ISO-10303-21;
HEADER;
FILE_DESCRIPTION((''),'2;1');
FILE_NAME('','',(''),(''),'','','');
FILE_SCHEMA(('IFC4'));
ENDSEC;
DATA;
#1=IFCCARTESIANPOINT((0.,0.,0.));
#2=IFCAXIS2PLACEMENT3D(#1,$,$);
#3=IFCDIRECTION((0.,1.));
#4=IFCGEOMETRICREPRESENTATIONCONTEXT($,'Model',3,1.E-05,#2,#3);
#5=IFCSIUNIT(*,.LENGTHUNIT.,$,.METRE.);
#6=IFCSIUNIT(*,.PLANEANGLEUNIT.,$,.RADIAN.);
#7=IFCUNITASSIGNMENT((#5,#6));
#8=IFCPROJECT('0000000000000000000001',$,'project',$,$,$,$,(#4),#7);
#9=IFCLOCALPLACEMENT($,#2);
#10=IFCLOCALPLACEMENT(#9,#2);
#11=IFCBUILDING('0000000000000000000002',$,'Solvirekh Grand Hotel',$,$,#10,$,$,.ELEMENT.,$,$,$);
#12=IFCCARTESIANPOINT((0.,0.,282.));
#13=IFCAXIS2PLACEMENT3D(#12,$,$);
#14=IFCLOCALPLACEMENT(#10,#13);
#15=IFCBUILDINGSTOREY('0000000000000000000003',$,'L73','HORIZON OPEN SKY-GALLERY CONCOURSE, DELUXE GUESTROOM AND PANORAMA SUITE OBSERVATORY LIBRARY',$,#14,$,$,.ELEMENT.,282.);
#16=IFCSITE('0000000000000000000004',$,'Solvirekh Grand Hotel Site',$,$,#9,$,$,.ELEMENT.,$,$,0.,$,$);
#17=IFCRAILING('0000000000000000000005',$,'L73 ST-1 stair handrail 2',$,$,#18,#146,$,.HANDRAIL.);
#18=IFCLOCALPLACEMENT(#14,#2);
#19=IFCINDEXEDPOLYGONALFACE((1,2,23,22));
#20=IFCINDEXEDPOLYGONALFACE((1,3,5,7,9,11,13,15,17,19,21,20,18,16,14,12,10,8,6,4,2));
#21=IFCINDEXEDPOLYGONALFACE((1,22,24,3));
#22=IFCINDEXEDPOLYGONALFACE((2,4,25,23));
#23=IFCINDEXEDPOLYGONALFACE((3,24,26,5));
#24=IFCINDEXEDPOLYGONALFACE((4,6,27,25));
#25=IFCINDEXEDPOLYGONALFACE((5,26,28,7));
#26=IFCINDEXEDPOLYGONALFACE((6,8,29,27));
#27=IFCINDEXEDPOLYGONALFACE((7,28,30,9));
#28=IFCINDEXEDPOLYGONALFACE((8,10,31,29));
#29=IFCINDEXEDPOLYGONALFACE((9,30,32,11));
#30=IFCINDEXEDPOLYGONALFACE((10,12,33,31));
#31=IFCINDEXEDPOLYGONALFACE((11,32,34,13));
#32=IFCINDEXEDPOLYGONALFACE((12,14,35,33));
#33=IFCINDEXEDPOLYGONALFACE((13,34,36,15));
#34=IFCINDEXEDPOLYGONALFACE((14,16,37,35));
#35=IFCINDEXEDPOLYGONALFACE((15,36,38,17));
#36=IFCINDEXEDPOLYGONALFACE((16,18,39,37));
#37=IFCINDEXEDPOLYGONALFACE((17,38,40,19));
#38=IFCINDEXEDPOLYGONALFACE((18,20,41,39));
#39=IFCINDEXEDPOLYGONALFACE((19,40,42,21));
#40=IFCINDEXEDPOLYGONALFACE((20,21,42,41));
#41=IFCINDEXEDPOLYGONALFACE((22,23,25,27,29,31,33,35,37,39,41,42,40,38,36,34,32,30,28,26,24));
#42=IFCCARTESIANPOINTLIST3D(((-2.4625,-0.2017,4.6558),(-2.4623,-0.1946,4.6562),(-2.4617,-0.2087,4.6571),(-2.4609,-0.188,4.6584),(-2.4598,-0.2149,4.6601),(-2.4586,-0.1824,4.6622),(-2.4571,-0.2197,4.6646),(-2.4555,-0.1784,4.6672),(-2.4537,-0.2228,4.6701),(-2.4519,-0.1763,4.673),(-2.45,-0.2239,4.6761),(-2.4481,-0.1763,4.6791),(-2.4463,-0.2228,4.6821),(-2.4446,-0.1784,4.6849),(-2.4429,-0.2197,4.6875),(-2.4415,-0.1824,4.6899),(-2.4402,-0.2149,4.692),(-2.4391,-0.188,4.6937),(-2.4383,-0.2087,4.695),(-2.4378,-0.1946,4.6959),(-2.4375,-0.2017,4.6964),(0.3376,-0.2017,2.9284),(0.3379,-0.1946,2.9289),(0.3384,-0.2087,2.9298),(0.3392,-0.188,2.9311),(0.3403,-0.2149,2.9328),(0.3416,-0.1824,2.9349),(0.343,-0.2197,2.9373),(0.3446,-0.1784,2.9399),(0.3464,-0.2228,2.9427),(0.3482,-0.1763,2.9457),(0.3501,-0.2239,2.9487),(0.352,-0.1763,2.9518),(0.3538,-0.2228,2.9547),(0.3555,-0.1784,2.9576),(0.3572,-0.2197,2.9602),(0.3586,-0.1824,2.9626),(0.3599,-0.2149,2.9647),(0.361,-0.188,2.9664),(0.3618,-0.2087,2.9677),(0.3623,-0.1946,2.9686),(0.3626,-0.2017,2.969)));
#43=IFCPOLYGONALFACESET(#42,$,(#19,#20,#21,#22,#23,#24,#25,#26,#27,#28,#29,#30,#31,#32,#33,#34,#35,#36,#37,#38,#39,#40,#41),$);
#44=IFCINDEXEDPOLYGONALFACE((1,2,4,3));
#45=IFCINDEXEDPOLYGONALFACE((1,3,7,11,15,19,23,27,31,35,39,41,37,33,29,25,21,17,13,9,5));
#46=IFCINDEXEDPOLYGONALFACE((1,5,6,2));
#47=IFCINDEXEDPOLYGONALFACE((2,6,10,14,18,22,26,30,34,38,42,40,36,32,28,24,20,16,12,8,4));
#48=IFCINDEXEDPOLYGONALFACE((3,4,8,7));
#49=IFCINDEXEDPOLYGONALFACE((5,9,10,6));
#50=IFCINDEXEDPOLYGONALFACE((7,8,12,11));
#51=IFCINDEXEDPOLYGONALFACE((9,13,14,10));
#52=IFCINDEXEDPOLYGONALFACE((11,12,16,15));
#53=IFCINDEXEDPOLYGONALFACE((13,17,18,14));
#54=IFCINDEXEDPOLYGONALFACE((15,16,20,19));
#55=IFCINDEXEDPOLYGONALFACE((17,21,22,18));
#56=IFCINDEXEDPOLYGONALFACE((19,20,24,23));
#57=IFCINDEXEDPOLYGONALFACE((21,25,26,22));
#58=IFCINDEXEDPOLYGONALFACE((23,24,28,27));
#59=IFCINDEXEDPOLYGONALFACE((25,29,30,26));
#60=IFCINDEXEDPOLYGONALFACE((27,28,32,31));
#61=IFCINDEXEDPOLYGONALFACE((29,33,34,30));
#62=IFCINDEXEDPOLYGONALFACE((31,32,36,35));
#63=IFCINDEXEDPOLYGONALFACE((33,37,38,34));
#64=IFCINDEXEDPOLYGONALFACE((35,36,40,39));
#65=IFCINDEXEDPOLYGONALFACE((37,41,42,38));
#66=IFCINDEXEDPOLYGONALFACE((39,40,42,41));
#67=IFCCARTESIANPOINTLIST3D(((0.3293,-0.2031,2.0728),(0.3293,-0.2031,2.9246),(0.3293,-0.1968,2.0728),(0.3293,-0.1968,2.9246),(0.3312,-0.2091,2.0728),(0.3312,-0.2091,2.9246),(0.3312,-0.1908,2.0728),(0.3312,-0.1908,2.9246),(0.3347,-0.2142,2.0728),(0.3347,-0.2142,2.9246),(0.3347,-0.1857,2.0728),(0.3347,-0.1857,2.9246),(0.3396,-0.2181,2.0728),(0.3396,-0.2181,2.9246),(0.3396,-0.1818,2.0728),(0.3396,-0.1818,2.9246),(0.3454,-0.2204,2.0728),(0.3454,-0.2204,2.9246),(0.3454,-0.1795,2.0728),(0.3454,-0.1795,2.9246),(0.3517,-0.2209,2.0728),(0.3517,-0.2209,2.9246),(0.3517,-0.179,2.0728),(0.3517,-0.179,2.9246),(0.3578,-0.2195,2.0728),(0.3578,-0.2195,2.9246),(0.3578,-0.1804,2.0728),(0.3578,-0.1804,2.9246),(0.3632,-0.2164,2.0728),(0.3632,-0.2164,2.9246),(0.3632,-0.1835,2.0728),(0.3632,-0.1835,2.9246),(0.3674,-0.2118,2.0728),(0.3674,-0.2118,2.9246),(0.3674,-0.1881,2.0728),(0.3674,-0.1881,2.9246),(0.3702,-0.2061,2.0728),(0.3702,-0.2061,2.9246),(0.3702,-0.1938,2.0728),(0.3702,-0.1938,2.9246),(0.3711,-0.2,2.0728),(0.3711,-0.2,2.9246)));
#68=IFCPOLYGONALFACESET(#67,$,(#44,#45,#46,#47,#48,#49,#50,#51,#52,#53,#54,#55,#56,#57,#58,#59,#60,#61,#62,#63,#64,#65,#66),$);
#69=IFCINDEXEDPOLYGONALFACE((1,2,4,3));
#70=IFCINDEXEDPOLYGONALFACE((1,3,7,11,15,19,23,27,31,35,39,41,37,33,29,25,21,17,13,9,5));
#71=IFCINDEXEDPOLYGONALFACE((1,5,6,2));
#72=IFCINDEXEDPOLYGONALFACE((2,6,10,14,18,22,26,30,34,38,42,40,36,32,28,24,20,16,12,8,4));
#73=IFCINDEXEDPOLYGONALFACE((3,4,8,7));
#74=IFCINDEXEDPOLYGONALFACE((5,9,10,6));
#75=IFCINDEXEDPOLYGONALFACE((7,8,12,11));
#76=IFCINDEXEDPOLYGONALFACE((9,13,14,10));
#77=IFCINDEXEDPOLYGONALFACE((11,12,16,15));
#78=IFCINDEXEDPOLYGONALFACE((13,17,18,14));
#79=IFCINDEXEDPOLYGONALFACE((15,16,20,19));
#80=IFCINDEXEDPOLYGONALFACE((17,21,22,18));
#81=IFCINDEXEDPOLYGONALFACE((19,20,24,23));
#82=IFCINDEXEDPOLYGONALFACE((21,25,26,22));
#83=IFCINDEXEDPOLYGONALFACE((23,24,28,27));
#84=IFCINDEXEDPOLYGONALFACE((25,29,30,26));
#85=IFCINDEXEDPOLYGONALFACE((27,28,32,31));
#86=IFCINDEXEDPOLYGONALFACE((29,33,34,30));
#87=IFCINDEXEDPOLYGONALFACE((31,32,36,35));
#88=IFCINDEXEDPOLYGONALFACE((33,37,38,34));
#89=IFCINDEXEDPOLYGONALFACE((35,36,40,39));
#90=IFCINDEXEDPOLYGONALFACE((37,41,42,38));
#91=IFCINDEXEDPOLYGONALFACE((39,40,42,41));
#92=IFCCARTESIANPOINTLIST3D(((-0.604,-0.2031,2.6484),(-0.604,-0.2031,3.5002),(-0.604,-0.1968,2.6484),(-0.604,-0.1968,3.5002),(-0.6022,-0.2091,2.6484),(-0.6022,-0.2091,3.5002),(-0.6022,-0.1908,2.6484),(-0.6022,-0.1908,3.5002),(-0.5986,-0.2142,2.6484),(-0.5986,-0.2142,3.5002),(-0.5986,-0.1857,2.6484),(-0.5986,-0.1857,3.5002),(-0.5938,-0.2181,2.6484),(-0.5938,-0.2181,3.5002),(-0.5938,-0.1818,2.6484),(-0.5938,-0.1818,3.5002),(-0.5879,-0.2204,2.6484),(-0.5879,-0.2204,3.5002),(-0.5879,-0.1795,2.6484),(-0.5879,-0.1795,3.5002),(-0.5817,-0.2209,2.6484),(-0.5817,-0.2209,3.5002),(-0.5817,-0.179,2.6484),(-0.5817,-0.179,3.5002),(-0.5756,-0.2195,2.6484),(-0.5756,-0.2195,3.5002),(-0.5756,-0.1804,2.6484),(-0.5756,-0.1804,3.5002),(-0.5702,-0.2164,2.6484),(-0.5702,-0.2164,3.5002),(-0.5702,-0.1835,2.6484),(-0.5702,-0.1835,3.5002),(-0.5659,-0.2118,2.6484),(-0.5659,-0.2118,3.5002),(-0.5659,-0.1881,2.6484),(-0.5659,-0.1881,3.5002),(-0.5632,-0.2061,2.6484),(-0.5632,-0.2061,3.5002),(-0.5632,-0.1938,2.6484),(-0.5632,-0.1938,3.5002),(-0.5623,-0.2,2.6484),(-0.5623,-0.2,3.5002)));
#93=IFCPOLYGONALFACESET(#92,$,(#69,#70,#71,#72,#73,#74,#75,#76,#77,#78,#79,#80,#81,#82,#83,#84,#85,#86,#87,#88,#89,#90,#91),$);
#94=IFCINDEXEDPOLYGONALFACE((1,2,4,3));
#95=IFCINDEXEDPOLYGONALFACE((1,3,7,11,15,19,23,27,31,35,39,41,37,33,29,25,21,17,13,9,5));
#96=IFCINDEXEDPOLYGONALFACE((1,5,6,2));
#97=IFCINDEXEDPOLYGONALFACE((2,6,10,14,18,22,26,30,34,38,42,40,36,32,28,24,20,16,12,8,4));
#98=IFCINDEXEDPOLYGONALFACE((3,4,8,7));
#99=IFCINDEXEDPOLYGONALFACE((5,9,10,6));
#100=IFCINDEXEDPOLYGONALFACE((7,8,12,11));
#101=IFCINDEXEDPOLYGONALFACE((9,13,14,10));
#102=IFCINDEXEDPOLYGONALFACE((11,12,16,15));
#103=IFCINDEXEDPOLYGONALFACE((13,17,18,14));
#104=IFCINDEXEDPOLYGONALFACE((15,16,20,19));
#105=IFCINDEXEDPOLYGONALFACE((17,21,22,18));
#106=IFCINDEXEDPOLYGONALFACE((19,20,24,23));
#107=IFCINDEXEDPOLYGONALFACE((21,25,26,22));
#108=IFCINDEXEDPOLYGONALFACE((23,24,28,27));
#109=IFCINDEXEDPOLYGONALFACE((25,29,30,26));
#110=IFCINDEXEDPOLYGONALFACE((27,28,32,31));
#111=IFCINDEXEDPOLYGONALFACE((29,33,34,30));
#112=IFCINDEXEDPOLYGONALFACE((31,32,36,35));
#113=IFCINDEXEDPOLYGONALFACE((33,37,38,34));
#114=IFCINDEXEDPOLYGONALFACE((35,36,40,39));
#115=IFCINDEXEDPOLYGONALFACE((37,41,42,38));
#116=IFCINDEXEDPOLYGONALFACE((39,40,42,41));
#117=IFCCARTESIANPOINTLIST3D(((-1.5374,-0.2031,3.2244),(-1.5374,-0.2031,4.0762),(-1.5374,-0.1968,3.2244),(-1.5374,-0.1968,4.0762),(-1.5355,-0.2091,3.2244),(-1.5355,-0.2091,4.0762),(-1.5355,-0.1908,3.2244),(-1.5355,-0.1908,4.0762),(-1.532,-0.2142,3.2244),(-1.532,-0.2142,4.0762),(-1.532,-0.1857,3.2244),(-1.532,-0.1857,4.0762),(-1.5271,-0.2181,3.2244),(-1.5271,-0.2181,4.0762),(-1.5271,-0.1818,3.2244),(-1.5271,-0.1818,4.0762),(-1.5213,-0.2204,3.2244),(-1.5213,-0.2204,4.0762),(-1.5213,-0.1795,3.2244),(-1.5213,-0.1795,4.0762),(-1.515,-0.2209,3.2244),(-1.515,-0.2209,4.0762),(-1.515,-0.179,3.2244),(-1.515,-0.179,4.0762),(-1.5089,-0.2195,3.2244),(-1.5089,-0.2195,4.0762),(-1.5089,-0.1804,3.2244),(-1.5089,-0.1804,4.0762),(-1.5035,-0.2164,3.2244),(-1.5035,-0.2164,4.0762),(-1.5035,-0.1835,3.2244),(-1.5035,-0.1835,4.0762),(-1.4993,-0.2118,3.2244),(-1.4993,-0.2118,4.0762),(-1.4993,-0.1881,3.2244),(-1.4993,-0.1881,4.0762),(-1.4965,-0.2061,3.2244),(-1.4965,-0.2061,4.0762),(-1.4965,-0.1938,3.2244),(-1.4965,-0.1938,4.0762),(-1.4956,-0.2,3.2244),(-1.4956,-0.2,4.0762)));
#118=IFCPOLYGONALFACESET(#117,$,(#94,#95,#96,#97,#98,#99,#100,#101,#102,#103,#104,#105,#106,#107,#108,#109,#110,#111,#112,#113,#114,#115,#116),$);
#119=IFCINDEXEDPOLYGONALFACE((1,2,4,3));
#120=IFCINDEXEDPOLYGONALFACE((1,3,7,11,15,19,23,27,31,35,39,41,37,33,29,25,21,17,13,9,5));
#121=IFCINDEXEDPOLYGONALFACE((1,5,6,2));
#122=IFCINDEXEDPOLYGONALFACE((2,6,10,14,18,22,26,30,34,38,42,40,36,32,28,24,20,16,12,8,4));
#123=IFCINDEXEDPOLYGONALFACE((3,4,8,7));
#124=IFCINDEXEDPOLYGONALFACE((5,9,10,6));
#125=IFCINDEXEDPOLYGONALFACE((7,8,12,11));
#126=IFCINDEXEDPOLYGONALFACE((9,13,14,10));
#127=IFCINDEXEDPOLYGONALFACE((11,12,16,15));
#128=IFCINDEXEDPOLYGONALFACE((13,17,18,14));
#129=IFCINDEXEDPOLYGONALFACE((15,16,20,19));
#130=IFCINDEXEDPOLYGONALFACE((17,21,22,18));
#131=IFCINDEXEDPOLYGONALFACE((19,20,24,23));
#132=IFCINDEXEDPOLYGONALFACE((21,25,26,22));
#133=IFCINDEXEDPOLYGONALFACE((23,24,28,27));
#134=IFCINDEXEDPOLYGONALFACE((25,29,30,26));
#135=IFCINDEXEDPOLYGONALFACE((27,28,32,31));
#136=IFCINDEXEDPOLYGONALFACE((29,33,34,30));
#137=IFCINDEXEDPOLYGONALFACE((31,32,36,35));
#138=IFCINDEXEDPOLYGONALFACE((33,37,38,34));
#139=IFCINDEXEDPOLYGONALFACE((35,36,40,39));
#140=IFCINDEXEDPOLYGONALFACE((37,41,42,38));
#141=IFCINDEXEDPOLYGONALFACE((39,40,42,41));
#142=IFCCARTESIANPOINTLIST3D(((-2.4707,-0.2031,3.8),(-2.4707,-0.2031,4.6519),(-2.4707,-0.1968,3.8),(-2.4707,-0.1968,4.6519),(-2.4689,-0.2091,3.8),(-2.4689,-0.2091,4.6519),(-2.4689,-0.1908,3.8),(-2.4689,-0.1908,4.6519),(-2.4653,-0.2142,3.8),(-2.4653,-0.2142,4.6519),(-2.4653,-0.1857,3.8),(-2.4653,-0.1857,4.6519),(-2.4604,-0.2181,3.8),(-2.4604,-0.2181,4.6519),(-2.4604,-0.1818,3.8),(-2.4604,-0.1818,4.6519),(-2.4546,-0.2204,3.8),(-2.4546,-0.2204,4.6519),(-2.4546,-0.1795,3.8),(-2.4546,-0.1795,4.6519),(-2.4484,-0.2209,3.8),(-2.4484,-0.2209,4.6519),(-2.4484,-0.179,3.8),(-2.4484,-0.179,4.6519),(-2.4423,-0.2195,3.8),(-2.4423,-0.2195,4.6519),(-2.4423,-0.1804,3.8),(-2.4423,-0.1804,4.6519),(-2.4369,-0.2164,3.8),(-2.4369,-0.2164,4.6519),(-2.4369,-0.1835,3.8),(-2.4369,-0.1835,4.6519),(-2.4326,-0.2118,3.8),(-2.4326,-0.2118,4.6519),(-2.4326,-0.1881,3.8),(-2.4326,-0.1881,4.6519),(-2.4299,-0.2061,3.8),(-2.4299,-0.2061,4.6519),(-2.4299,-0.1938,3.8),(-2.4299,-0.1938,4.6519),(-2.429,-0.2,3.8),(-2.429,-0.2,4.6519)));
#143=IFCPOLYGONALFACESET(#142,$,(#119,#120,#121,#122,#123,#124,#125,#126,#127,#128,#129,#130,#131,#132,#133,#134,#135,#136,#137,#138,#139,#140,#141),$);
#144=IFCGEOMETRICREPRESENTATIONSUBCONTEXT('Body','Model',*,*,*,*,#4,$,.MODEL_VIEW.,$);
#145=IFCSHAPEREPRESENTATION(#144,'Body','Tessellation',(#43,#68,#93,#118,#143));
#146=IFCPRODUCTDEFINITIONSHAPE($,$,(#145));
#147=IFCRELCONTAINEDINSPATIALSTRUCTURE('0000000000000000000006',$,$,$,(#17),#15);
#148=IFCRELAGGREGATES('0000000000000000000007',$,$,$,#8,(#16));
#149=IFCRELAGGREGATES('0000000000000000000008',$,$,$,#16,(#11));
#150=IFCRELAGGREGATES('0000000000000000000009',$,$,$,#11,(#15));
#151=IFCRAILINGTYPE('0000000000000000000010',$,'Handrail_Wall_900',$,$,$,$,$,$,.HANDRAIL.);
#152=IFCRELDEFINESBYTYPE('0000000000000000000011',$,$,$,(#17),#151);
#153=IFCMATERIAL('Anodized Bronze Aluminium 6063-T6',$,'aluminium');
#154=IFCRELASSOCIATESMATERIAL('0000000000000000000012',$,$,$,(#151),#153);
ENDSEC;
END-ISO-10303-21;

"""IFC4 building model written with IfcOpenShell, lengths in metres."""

from ifc_helpers import new_model, si_unit, direction, frame, origin, origin_2d, place, context, subcontext, project, spatial, circle, extrude, material, type_object, element, save


model = new_model("IFC4")

# Units and contexts
model_context = context("Model", 3, precision=1e-05, world=origin(), true_north=direction((0.0, 1.0)))
body_context = subcontext(model_context, "Body", "Model", "MODEL_VIEW")
ifc_project = project(units=[si_unit("LENGTHUNIT", "METRE"), si_unit("PLANEANGLEUNIT", "RADIAN")], contexts=[model_context])

# Site, building, storey
site_placement = place(None, origin())
site = spatial("IfcSite", under=ifc_project, at=site_placement, Name="Solvirekh Grand Hotel Site", CompositionType="ELEMENT", RefElevation=0.0)
building_placement = place(site_placement, origin())
building = spatial("IfcBuilding", under=site, at=building_placement, Name="Solvirekh Grand Hotel", CompositionType="ELEMENT")
storey_placement = place(building_placement, frame((0.0, 0.0, 282.0)))
storey = spatial("IfcBuildingStorey", under=building, at=storey_placement, Name="L73", Description="HORIZON OPEN SKY-GALLERY CONCOURSE, DELUXE GUESTROOM AND PANORAMA SUITE OBSERVATORY LIBRARY", CompositionType="ELEMENT", Elevation=282.0)

# Railing
ifc_material_1 = material(Name="Anodized Bronze Aluminium 6063-T6", Category="aluminium")
railing_type_1 = type_object("IfcRailingType", Name="Handrail_Wall_900", PredefinedType="HANDRAIL", material=ifc_material_1)
railing_1_placement = place(storey_placement, frame((0.3501, -0.2, 2.0728)))
element("IfcRailing", 1, at=railing_1_placement, inside=storey, type_object=railing_type_1, Name="L73 ST-1 stair handrail 2", PredefinedType="HANDRAIL", context=body_context, shape_type="SweptSolid", body=[
    extrude(circle(Radius=0.0239, at=origin_2d()), frame((0.0, 0.0, 0.876), z_axis=(-0.85109, 0.0, 0.52502), x_axis=(0.0, -1.0, 0.0)), (0.0, 0.0, 1.0), 3.29),
    extrude(circle(Radius=0.021, at=origin_2d()), origin(), (0.0, 0.0, 1.0), 0.8518),
    extrude(circle(Radius=0.021, at=origin_2d()), frame((-0.9333, 0.0, 0.5757)), (0.0, 0.0, 1.0), 0.8518),
    extrude(circle(Radius=0.021, at=origin_2d()), frame((-1.8667, 0.0, 1.1516)), (0.0, 0.0, 1.0), 0.8518),
    extrude(circle(Radius=0.021, at=origin_2d()), frame((-2.8, 0.0, 1.7273)), (0.0, 0.0, 1.0), 0.8518),
])

save(model, "model.ifc")
